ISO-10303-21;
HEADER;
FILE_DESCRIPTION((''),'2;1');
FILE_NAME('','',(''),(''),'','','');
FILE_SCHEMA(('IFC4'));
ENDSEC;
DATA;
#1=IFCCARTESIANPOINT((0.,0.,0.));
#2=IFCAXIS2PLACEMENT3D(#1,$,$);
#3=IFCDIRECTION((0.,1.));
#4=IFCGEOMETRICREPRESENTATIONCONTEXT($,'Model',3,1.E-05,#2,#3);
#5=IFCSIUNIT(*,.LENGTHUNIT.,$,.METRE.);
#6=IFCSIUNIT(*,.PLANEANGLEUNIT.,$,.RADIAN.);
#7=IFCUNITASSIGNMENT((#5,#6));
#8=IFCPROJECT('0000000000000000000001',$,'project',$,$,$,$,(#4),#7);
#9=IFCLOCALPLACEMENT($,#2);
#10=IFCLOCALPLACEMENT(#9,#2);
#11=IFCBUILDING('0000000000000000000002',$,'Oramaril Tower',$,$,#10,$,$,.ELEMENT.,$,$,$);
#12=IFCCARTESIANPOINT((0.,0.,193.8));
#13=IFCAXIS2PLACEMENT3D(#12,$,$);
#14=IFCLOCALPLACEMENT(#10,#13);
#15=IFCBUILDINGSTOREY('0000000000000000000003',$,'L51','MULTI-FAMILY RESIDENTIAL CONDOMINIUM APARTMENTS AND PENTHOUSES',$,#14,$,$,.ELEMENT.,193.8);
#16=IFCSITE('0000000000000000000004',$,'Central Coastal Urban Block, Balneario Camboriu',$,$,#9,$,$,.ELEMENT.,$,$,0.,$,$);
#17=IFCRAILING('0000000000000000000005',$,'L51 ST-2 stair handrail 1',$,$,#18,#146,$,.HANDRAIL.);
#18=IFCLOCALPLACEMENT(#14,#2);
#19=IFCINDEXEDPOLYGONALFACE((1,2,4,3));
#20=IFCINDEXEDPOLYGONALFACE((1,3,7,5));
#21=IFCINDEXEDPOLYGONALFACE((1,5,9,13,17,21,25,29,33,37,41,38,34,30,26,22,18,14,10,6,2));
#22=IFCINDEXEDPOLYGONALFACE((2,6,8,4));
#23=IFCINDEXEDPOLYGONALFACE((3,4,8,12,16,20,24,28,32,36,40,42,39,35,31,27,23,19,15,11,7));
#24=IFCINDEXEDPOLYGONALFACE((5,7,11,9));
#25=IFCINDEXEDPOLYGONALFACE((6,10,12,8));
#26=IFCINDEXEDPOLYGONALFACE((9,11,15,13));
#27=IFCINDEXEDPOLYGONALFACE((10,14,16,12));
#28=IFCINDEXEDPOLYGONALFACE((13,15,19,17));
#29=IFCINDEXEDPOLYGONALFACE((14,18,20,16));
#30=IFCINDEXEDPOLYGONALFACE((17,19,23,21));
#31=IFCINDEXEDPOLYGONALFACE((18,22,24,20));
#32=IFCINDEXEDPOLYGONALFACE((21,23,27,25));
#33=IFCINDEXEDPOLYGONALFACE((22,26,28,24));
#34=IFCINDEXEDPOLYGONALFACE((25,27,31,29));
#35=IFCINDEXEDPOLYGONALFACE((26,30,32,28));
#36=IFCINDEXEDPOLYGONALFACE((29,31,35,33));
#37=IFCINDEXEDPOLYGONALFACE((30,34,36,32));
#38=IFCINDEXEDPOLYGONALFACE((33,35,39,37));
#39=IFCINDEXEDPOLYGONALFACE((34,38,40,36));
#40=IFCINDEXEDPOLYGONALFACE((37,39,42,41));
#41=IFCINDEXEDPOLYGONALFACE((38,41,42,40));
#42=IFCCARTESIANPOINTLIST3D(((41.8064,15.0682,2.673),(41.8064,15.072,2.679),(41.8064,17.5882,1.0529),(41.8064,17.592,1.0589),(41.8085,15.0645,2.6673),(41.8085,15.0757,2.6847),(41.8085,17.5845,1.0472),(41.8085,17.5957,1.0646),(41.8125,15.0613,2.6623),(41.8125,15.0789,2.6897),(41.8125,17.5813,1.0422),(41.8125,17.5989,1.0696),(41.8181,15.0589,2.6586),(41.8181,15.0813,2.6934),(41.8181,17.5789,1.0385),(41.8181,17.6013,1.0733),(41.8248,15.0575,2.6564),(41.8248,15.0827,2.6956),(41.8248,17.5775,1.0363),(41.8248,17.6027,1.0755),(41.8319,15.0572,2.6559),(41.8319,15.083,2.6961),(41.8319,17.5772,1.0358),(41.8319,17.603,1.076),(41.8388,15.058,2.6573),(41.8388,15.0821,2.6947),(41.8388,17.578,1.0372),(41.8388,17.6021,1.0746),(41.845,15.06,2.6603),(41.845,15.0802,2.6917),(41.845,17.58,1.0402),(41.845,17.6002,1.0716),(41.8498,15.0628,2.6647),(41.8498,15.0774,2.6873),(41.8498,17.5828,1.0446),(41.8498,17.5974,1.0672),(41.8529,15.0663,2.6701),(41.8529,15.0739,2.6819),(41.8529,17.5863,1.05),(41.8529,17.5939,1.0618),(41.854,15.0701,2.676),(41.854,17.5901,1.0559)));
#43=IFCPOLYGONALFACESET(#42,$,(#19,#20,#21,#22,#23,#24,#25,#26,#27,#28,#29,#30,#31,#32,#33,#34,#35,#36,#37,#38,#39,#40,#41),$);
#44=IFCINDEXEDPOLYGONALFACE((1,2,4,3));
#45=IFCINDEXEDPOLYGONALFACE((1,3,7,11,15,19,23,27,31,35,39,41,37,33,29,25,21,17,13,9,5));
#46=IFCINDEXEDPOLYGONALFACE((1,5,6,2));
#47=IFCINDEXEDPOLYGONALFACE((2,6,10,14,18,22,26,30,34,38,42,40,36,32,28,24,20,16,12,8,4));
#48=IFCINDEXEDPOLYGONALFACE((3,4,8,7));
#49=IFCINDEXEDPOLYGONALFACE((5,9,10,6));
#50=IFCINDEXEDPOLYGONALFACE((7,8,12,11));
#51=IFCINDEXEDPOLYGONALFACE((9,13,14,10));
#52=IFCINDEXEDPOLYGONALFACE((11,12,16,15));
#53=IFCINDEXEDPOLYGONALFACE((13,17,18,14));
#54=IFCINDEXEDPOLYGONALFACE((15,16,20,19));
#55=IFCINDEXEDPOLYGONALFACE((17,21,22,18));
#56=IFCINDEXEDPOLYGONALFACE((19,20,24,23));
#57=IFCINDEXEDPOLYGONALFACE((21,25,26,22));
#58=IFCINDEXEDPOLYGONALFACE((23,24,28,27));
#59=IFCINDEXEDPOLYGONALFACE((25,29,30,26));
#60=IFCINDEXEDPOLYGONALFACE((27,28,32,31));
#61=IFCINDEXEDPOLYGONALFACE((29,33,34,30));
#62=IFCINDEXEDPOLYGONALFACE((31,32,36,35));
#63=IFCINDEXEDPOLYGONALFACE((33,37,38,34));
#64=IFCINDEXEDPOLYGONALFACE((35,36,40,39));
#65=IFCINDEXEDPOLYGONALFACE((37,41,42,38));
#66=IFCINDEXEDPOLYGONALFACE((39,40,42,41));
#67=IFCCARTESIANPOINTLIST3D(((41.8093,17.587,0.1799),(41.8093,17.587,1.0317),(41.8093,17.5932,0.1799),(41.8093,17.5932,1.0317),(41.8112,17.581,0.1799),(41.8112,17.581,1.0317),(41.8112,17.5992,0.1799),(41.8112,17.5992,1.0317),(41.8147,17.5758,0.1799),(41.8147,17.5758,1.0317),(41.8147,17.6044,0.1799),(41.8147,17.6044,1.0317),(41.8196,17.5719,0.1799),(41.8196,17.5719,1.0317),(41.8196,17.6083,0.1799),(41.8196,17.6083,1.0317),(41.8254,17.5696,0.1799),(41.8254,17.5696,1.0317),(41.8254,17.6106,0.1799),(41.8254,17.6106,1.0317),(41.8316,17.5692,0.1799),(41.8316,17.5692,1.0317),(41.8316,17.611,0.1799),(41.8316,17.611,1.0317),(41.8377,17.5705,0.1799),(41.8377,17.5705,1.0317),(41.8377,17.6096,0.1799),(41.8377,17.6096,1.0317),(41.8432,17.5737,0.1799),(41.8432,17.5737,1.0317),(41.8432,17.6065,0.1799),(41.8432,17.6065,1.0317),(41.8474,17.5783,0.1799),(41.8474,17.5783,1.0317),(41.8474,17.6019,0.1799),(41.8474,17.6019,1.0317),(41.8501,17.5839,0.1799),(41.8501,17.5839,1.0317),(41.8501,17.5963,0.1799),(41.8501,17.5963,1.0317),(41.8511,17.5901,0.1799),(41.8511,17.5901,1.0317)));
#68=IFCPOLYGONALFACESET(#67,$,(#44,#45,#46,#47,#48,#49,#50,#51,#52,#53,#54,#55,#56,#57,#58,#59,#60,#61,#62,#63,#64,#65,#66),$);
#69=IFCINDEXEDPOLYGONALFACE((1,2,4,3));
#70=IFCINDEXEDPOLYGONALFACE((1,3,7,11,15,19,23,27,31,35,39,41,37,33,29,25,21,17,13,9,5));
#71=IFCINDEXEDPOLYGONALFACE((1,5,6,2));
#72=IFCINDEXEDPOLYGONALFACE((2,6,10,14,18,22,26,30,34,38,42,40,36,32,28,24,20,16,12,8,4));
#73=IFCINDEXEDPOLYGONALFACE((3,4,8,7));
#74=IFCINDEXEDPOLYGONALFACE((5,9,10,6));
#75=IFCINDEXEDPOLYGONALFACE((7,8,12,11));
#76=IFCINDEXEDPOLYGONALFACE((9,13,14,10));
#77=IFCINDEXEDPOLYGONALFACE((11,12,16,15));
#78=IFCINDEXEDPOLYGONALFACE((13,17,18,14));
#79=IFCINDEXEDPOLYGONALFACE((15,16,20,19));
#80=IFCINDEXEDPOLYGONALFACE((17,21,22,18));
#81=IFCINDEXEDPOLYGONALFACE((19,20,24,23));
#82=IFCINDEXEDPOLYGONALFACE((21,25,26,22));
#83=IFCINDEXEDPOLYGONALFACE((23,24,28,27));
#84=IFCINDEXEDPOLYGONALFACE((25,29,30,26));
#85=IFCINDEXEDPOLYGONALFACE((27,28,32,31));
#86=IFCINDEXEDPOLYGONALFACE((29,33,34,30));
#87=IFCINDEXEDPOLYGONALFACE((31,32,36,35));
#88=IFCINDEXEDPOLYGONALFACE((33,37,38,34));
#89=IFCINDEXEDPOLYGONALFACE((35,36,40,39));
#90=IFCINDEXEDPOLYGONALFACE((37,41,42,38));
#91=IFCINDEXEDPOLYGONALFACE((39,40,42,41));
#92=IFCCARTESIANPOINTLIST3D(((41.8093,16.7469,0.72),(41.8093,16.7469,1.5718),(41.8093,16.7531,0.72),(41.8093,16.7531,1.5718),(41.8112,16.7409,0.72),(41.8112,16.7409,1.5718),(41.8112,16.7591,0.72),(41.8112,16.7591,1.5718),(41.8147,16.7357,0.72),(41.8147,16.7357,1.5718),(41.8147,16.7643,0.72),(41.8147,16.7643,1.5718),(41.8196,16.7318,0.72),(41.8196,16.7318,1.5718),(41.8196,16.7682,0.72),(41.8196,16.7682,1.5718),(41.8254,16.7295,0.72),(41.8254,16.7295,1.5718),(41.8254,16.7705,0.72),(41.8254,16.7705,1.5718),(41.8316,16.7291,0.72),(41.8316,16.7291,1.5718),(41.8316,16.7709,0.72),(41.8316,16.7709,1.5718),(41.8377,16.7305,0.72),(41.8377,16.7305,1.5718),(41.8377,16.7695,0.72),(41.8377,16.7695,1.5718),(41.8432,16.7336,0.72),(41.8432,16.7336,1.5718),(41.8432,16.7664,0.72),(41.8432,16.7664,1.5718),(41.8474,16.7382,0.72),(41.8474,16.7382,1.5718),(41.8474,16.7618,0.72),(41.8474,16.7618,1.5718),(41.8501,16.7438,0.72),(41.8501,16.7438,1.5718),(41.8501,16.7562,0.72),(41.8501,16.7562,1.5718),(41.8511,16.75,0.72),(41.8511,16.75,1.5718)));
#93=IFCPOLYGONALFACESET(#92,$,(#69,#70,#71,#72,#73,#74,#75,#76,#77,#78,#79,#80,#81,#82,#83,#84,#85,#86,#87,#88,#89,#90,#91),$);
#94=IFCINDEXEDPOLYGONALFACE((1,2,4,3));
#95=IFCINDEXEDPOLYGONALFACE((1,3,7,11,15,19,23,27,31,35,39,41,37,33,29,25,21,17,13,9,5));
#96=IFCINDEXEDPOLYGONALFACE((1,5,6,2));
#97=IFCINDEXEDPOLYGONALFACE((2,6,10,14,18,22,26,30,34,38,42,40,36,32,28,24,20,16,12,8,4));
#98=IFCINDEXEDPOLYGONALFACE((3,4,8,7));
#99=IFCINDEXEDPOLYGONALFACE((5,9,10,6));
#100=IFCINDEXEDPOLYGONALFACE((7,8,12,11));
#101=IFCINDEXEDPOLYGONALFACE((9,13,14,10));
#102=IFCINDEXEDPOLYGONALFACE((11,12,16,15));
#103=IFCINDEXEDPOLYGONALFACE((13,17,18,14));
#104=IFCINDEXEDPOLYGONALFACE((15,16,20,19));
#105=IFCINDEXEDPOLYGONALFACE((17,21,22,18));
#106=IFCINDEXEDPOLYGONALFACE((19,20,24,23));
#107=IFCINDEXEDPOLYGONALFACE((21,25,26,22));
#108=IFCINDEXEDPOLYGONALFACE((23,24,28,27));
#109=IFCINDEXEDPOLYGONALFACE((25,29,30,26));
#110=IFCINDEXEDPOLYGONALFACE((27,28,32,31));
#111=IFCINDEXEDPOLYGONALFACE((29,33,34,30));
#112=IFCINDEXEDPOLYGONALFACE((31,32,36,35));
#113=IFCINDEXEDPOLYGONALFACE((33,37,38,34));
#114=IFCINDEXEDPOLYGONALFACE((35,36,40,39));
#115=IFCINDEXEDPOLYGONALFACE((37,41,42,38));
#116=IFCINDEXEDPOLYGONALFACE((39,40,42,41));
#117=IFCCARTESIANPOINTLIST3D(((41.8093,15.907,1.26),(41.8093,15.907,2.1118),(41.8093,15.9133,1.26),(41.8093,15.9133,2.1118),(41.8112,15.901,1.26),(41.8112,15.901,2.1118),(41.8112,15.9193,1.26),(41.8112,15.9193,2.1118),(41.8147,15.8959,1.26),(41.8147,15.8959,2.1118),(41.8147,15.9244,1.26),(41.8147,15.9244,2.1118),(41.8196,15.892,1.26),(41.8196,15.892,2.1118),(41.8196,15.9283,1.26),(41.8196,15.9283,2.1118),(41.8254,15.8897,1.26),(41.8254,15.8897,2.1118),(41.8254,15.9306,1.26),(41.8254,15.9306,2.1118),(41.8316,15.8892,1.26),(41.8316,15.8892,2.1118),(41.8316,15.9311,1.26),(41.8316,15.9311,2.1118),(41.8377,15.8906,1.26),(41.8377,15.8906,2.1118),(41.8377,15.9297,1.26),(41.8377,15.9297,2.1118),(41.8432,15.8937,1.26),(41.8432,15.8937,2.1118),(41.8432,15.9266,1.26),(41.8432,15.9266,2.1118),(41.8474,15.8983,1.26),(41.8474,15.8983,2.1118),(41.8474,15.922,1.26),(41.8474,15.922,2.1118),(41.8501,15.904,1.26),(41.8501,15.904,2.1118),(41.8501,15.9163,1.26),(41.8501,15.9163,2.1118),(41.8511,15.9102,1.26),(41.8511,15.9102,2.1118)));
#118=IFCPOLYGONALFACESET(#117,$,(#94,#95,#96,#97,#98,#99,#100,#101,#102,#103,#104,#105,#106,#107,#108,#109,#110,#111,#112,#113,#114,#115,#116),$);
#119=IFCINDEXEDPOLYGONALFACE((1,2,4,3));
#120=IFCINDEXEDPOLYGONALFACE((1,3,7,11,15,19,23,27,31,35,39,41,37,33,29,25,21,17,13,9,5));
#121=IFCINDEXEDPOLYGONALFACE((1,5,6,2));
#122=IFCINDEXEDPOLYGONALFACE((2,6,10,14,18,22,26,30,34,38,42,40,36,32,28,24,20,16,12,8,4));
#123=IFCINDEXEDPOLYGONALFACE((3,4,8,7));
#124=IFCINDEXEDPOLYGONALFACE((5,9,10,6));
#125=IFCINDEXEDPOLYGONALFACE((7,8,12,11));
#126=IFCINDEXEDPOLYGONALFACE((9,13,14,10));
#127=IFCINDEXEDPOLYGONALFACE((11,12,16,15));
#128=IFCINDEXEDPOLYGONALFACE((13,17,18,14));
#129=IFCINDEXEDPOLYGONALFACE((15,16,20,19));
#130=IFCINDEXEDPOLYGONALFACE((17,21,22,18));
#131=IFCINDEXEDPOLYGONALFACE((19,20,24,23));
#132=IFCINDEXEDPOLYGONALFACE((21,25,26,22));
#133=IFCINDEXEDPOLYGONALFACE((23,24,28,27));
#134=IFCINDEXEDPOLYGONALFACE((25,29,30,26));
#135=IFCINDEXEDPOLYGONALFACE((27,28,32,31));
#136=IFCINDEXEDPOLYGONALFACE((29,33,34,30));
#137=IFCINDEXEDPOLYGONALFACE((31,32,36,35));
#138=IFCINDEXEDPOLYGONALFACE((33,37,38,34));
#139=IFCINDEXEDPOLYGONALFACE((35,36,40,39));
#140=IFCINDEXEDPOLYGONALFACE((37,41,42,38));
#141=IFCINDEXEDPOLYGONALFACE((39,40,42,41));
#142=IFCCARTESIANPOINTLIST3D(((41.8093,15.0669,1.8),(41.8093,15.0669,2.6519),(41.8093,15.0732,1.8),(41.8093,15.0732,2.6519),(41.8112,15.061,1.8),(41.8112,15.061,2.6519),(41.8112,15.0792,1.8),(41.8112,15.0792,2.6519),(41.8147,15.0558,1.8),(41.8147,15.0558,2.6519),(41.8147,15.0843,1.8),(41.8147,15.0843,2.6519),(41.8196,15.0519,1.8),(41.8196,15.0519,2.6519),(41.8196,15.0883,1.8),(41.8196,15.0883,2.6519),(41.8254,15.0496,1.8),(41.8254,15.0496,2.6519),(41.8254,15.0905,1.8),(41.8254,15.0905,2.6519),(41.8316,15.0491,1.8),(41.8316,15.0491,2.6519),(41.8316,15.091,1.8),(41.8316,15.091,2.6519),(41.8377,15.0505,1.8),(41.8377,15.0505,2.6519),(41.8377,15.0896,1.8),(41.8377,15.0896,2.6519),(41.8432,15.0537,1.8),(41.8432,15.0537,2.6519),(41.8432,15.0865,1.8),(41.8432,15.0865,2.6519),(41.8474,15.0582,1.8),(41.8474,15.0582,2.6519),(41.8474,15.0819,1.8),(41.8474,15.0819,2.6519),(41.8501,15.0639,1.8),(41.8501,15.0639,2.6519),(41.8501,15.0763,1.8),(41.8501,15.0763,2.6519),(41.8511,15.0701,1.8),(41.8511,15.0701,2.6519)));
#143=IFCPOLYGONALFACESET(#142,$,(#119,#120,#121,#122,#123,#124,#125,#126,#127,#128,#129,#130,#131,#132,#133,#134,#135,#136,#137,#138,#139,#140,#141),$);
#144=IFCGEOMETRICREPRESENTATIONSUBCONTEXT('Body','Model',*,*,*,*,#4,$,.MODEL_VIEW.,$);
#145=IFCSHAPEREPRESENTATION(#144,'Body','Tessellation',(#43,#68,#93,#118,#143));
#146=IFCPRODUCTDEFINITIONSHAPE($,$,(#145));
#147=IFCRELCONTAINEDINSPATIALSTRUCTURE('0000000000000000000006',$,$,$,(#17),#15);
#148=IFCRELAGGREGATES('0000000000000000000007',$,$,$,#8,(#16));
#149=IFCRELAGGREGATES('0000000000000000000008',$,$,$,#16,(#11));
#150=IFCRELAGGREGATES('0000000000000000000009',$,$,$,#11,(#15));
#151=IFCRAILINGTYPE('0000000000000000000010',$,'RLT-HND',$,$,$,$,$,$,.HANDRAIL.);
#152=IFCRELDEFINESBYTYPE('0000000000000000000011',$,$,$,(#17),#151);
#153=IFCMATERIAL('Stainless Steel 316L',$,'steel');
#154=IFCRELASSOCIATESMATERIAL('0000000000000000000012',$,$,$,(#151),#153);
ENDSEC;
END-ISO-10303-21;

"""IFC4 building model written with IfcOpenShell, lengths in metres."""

from ifc_helpers import new_model, si_unit, direction, frame, origin, origin_2d, place, context, subcontext, project, spatial, circle, extrude, material, type_object, element, save


model = new_model("IFC4")

# Units and contexts
model_context = context("Model", 3, precision=1e-05, world=origin(), true_north=direction((0.0, 1.0)))
body_context = subcontext(model_context, "Body", "Model", "MODEL_VIEW")
ifc_project = project(units=[si_unit("LENGTHUNIT", "METRE"), si_unit("PLANEANGLEUNIT", "RADIAN")], contexts=[model_context])

# Site, building, storey
site_placement = place(None, origin())
site = spatial("IfcSite", under=ifc_project, at=site_placement, Name="Central Coastal Urban Block, Balneario Camboriu", CompositionType="ELEMENT", RefElevation=0.0)
building_placement = place(site_placement, origin())
building = spatial("IfcBuilding", under=site, at=building_placement, Name="Oramaril Tower", CompositionType="ELEMENT")
storey_placement = place(building_placement, frame((0.0, 0.0, 193.8)))
storey = spatial("IfcBuildingStorey", under=building, at=storey_placement, Name="L51", Description="MULTI-FAMILY RESIDENTIAL CONDOMINIUM APARTMENTS AND PENTHOUSES", CompositionType="ELEMENT", Elevation=193.8)

# Railing
ifc_material_1 = material(Name="Stainless Steel 316L", Category="steel")
railing_type_1 = type_object("IfcRailingType", Name="RLT-HND", PredefinedType="HANDRAIL", material=ifc_material_1)
railing_1_placement = place(storey_placement, frame((41.8301, 17.5901, 0.1799)))
element("IfcRailing", 1, at=railing_1_placement, inside=storey, type_object=railing_type_1, Name="L51 ST-2 stair handrail 1", PredefinedType="HANDRAIL", context=body_context, shape_type="SweptSolid", body=[
    extrude(circle(Radius=0.0239, at=origin_2d()), frame((0.0, 0.0, 0.876), z_axis=(0.0, -0.841163, 0.540782), x_axis=(1.0, 0.0, 0.0)), (0.0, 0.0, 1.0), 2.9958),
    extrude(circle(Radius=0.021, at=origin_2d()), origin(), (0.0, 0.0, 1.0), 0.8518),
    extrude(circle(Radius=0.021, at=origin_2d()), frame((0.0, -0.8401, 0.54)), (0.0, 0.0, 1.0), 0.8518),
    extrude(circle(Radius=0.021, at=origin_2d()), frame((0.0, -1.6799, 1.0801)), (0.0, 0.0, 1.0), 0.8518),
    extrude(circle(Radius=0.021, at=origin_2d()), frame((0.0, -2.52, 1.6201)), (0.0, 0.0, 1.0), 0.8518),
])

save(model, "model.ifc")
